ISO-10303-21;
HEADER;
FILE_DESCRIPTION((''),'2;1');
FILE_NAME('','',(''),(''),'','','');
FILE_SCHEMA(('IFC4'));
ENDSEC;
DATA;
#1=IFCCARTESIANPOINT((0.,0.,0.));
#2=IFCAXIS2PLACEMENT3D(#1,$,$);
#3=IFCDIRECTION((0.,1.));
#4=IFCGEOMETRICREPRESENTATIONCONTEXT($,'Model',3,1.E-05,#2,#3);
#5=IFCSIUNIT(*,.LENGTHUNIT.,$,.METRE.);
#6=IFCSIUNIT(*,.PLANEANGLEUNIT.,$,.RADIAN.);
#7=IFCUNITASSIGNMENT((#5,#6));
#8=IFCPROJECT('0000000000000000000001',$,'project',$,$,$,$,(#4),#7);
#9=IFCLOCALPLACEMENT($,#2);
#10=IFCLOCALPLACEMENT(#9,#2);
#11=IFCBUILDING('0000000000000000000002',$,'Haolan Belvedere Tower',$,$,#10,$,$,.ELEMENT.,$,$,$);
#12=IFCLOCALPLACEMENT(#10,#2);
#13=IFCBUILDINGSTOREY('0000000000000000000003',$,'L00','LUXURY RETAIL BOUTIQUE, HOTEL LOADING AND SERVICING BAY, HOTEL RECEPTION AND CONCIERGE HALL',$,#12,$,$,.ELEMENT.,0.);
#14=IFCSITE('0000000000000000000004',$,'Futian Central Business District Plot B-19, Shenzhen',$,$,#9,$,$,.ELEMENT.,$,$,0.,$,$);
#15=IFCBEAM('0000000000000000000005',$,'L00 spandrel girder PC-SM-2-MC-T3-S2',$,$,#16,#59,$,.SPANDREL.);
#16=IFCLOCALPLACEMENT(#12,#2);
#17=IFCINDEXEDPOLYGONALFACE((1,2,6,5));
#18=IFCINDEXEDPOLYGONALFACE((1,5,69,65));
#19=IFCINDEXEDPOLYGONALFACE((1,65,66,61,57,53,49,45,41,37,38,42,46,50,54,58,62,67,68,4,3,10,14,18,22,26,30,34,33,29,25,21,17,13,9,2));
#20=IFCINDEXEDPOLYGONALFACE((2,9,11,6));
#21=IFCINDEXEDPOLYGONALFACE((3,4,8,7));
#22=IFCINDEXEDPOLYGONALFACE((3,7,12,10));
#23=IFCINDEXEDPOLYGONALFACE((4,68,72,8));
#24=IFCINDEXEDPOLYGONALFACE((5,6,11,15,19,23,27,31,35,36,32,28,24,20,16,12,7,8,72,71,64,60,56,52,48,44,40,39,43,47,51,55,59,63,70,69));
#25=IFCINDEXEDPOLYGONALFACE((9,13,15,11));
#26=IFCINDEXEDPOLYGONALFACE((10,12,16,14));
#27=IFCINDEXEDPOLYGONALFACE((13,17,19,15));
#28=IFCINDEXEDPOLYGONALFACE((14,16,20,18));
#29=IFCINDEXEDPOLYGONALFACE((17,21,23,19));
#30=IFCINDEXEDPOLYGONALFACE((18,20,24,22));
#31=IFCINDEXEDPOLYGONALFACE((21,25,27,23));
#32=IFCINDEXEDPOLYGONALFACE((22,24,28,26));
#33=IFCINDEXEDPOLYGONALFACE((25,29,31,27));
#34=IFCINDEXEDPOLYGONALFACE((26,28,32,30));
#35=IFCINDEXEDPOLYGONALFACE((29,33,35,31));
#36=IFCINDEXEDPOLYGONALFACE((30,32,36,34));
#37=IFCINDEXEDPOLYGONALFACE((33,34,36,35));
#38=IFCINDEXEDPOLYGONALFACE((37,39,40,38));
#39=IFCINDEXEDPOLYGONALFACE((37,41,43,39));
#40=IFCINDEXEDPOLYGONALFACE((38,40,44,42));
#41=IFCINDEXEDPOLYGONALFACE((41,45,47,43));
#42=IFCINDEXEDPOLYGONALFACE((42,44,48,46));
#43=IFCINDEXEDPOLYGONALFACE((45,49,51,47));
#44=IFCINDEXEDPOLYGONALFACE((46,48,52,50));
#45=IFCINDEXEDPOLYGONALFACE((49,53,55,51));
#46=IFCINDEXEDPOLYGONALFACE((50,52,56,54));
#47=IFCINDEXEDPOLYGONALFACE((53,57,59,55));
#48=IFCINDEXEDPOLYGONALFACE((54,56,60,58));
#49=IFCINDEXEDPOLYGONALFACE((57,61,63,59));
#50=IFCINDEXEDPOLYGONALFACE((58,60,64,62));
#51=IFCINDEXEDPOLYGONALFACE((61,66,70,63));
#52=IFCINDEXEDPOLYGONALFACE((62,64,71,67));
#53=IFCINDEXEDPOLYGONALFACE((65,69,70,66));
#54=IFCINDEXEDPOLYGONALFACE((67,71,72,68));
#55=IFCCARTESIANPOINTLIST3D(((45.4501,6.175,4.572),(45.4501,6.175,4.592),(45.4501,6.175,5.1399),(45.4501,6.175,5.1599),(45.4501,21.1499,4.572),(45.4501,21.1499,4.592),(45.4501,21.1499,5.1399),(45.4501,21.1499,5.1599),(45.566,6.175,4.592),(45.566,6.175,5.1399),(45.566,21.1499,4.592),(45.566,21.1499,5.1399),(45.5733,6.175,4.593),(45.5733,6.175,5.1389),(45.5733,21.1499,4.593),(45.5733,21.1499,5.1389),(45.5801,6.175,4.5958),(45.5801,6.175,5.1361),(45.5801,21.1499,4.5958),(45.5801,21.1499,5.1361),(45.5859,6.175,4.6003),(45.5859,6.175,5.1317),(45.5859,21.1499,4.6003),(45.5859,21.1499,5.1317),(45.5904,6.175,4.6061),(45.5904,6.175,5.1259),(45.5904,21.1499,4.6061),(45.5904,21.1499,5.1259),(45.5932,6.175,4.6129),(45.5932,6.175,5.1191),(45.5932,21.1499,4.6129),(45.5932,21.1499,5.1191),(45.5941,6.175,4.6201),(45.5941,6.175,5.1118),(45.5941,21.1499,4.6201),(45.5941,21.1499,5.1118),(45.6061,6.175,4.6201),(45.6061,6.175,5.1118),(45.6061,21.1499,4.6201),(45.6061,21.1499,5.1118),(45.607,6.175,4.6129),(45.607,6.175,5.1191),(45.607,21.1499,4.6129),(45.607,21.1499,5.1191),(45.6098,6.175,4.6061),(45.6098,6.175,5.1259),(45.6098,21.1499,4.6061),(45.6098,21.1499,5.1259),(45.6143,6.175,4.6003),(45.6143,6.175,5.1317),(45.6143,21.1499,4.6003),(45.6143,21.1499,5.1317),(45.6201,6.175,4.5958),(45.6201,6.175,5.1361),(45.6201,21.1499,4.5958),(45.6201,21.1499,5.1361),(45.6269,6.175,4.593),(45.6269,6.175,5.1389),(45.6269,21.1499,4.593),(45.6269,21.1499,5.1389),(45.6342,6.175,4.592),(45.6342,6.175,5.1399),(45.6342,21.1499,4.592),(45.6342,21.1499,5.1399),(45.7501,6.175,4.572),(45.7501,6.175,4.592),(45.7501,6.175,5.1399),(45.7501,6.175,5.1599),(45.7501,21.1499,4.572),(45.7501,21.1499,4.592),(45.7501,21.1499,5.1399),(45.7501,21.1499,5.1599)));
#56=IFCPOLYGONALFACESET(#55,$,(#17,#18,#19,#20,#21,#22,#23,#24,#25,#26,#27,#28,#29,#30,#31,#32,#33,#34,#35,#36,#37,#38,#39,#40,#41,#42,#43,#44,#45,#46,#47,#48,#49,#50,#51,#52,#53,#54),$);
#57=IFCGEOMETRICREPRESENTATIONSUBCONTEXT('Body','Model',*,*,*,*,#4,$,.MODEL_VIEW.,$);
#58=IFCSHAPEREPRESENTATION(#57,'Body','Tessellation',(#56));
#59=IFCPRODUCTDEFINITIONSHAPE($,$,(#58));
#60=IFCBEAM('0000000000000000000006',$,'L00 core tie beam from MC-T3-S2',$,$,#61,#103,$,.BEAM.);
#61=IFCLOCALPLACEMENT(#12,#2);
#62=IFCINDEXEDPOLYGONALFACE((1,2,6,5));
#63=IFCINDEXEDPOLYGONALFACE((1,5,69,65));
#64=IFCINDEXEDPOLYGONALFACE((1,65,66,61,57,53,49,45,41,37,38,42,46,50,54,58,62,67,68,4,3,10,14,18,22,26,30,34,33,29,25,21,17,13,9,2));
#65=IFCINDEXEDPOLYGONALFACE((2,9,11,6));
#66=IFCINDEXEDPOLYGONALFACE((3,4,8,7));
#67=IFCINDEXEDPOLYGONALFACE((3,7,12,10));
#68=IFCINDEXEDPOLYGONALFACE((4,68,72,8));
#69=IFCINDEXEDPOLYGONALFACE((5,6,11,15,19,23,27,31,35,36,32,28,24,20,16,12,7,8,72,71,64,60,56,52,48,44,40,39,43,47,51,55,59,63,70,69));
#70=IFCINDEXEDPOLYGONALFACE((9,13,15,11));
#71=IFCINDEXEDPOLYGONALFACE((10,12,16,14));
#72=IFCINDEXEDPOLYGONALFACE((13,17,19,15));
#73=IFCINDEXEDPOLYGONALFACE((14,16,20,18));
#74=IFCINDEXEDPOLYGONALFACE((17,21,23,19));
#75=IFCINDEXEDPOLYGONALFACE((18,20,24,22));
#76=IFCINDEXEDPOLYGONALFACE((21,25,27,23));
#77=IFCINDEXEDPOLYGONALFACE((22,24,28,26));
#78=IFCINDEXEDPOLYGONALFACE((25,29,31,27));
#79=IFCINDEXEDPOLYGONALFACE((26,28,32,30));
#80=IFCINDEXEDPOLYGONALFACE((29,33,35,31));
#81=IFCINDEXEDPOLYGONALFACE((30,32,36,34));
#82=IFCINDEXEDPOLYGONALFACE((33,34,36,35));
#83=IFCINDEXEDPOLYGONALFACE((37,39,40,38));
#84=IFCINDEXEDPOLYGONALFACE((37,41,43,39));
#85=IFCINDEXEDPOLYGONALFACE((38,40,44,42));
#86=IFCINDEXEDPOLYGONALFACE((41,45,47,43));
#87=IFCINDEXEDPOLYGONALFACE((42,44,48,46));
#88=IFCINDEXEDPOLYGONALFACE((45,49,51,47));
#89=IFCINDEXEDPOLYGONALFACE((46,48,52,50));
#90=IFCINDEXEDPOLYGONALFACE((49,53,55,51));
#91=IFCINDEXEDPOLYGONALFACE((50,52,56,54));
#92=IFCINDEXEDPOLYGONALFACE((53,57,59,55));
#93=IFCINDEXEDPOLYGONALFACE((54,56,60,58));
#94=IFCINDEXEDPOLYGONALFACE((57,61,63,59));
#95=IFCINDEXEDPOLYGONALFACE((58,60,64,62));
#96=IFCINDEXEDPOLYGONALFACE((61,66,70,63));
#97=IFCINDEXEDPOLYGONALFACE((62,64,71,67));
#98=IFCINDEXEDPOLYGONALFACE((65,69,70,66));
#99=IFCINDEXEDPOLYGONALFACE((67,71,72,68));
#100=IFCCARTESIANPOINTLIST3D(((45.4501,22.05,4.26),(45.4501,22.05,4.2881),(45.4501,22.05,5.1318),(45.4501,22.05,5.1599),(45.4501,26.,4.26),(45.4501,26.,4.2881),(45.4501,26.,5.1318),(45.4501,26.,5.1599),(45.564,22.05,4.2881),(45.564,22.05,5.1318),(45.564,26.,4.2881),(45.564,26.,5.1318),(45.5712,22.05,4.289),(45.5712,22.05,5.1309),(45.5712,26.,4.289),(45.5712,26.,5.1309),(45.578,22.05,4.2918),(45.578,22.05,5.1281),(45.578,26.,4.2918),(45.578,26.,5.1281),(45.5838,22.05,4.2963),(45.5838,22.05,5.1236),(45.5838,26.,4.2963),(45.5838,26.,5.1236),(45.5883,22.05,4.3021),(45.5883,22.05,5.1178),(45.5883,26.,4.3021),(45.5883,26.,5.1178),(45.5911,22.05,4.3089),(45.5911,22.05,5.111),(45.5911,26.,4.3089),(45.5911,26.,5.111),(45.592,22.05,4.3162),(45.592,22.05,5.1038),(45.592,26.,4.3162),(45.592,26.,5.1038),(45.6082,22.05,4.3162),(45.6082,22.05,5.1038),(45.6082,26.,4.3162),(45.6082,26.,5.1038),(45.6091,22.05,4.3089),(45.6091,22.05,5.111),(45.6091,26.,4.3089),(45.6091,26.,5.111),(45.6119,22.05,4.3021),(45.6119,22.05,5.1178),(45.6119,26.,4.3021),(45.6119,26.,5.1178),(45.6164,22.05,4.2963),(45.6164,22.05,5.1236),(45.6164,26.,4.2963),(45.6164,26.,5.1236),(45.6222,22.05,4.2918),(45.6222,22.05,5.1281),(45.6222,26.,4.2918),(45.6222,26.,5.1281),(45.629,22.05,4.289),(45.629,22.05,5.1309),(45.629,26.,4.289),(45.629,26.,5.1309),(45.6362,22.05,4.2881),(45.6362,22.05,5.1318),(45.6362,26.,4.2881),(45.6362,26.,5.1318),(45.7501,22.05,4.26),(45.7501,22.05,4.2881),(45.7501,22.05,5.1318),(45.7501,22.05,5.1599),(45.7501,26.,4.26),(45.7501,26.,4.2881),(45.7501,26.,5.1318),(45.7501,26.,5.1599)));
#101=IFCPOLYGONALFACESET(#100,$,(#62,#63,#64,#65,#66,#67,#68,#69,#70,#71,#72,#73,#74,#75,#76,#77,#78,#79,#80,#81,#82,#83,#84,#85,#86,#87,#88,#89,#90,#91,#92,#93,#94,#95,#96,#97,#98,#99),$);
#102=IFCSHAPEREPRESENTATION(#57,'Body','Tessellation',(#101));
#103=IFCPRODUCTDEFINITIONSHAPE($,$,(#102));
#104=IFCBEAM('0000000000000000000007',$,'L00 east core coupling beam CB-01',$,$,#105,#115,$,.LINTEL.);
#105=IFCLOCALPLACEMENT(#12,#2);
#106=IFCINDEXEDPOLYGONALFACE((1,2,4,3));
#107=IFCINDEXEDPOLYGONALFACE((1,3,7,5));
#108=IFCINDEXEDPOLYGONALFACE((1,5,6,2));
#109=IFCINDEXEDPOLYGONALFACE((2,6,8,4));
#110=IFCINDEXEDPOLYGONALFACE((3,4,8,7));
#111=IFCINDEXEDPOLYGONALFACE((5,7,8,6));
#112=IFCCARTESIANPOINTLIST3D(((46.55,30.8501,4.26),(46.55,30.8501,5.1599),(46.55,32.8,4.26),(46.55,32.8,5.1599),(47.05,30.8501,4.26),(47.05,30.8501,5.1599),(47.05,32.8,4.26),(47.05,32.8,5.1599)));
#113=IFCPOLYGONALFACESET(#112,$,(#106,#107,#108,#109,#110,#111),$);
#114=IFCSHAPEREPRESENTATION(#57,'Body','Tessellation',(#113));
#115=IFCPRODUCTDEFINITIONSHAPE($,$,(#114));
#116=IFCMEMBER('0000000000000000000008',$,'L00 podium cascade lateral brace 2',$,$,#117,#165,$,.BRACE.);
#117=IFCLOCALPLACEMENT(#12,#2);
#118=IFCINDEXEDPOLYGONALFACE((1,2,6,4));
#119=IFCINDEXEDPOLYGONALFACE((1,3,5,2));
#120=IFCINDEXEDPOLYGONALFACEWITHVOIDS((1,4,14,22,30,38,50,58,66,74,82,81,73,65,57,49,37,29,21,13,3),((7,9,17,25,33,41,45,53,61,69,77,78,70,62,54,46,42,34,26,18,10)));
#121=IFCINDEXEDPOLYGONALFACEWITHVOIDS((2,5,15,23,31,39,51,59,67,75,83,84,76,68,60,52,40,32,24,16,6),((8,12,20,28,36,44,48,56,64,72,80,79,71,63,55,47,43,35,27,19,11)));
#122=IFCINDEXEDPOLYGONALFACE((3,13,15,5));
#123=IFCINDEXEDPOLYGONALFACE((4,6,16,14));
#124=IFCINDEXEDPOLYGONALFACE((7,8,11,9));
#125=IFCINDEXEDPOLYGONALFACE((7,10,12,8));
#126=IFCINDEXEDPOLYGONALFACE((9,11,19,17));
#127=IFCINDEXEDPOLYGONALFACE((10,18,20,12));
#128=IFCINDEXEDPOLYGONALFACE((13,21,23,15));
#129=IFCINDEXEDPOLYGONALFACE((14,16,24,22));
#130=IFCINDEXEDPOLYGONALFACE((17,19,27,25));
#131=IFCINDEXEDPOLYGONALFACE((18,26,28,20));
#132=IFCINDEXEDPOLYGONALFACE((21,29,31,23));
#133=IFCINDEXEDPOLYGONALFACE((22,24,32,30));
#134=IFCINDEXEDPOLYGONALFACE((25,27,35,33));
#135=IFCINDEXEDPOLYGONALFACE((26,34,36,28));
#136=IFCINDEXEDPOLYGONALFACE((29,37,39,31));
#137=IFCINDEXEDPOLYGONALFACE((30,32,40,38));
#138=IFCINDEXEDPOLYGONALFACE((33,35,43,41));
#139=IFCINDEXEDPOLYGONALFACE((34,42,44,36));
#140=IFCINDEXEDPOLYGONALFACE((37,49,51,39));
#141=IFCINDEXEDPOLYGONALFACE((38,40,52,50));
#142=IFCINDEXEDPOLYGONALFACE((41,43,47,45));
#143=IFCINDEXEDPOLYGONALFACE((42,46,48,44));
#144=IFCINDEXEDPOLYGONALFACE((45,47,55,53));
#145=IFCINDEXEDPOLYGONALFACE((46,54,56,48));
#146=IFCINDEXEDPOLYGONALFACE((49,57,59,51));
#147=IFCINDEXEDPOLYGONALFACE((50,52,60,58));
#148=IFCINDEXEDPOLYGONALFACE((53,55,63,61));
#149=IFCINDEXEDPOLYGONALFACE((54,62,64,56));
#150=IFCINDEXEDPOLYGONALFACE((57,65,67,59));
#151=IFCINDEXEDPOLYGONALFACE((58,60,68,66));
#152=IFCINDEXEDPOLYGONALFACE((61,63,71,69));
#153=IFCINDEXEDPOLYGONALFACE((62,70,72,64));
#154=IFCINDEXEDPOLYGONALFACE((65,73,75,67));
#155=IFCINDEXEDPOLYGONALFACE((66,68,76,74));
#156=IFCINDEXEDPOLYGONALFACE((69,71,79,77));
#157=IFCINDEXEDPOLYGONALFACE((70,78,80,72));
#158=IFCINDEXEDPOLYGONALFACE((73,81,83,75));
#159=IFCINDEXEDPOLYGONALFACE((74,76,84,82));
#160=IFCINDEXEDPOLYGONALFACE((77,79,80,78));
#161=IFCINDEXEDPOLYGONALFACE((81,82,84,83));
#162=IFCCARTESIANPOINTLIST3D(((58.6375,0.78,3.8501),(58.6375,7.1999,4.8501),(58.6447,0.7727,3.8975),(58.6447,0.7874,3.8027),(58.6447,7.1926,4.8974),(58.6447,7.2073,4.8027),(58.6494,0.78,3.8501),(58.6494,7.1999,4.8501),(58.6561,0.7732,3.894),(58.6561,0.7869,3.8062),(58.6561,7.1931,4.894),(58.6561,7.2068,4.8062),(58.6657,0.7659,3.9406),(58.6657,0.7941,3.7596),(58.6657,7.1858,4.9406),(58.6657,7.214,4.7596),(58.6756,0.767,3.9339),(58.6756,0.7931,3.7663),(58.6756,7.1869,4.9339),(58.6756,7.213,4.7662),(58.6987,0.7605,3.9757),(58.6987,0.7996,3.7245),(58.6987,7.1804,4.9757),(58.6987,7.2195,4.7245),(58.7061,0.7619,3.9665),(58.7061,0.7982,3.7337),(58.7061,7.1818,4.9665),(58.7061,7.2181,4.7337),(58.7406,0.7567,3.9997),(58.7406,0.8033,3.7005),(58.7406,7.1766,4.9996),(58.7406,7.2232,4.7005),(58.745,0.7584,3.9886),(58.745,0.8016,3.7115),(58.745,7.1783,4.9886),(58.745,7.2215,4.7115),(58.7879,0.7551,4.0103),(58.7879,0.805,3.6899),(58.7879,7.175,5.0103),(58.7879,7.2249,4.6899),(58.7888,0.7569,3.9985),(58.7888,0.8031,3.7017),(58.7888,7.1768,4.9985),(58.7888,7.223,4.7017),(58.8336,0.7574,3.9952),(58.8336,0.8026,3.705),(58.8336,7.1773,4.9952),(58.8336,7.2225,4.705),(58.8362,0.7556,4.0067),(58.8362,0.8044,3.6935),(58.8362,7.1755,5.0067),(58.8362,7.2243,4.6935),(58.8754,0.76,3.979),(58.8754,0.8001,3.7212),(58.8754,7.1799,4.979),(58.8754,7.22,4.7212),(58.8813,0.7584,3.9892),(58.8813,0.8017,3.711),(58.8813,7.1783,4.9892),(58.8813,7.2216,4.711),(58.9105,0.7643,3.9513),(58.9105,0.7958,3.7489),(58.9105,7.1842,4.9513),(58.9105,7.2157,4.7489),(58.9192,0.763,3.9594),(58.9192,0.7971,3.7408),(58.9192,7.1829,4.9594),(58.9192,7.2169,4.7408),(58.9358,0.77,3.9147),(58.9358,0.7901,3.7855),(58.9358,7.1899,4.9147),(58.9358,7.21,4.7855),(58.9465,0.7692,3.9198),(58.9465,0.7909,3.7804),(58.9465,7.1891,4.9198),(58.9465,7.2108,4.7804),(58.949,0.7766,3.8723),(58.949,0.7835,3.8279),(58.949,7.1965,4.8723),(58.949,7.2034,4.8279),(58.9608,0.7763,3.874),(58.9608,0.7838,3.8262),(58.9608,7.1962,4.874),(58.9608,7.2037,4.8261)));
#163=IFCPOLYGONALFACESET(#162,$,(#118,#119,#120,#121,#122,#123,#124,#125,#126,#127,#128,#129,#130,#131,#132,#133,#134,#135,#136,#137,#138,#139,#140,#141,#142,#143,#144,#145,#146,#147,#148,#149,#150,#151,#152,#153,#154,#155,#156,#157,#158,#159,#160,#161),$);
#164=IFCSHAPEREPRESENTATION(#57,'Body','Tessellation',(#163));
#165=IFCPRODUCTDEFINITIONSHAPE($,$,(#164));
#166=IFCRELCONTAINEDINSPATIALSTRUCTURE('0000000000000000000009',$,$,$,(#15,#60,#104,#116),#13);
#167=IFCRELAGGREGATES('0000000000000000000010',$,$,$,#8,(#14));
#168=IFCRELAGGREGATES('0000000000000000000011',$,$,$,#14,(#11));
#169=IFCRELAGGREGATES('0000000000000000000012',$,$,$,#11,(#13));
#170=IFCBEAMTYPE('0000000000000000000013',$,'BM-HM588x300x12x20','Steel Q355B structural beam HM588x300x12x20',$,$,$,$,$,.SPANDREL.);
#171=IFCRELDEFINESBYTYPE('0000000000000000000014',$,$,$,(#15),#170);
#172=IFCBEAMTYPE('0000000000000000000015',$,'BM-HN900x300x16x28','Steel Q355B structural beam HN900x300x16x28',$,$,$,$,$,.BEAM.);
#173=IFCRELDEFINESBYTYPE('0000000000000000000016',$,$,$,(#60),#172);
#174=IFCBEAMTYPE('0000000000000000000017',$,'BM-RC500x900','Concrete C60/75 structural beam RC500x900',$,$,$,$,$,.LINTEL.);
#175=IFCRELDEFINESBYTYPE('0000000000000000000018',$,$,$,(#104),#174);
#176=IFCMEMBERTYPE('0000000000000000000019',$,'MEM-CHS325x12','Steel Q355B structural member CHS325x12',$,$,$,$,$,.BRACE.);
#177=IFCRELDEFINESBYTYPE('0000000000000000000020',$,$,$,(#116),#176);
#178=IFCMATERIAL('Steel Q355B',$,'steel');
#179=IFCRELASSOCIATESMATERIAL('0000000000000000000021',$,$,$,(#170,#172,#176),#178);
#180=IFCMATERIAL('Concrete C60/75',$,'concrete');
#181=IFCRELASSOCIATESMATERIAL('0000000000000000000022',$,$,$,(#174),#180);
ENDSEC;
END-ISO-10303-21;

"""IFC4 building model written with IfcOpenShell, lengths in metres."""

from ifc_helpers import new_model, si_unit, direction, frame, origin, origin_2d, place, context, subcontext, project, spatial, rectangle, hollow_circle, i_section, extrude, material, material_profile, profile_set, type_object, element, save


model = new_model("IFC4")

# Units and contexts
model_context = context("Model", 3, precision=1e-05, world=origin(), true_north=direction((0.0, 1.0)))
body_context = subcontext(model_context, "Body", "Model", "MODEL_VIEW")
ifc_project = project(units=[si_unit("LENGTHUNIT", "METRE"), si_unit("PLANEANGLEUNIT", "RADIAN")], contexts=[model_context])

# Site, building, storey
site_placement = place(None, origin())
site = spatial("IfcSite", under=ifc_project, at=site_placement, Name="Futian Central Business District Plot B-19, Shenzhen", CompositionType="ELEMENT", RefElevation=0.0)
building_placement = place(site_placement, origin())
building = spatial("IfcBuilding", under=site, at=building_placement, Name="Haolan Belvedere Tower", CompositionType="ELEMENT")
storey_placement = place(building_placement, origin())
storey = spatial("IfcBuildingStorey", under=building, at=storey_placement, Name="L00", Description="LUXURY RETAIL BOUTIQUE, HOTEL LOADING AND SERVICING BAY, HOTEL RECEPTION AND CONCIERGE HALL", CompositionType="ELEMENT", Elevation=0.0)

# Shared definitions
ifc_material_1 = material(Name="Steel Q355B", Category="steel")

# Beams
ifc_material_profile_1 = material_profile(ifc_material_1, i_section(OverallWidth=0.3, OverallDepth=0.5879, WebThickness=0.012, FlangeThickness=0.02, FilletRadius=0.0281, at=origin_2d()), Name="Steel Q355B")
ifc_profile_set_1 = profile_set([ifc_material_profile_1], Name="Steel Q355B")
beam_type_1 = type_object("IfcBeamType", Name="BM-HM588x300x12x20", Description="Steel Q355B structural beam HM588x300x12x20", PredefinedType="SPANDREL", material=ifc_profile_set_1)
beam_1_placement = place(storey_placement, frame((45.6001, 6.175, 4.866), z_axis=(0.0, 1.0, 0.0), x_axis=(-1.0, 0.0, 0.0)))
element("IfcBeam", 1, at=beam_1_placement, inside=storey, type_object=beam_type_1, Name="L00 spandrel girder PC-SM-2-MC-T3-S2", PredefinedType="SPANDREL", context=body_context, shape_type="SweptSolid", body=[
    extrude(i_section(OverallWidth=0.3, OverallDepth=0.5879, WebThickness=0.012, FlangeThickness=0.02, FilletRadius=0.0281, at=origin_2d()), origin(), (0.0, 0.0, 1.0), 14.9749),
])
ifc_material_profile_2 = material_profile(ifc_material_1, i_section(OverallWidth=0.3, OverallDepth=0.8999, WebThickness=0.0161, FlangeThickness=0.0281, FilletRadius=0.0281, at=origin_2d()), Name="Steel Q355B")
ifc_profile_set_2 = profile_set([ifc_material_profile_2], Name="Steel Q355B")
beam_type_2 = type_object("IfcBeamType", Name="BM-HN900x300x16x28", Description="Steel Q355B structural beam HN900x300x16x28", PredefinedType="BEAM", material=ifc_profile_set_2)
beam_2_placement = place(storey_placement, frame((45.6001, 22.05, 4.71), z_axis=(0.0, 1.0, 0.0), x_axis=(-1.0, 0.0, 0.0)))
element("IfcBeam", 2, at=beam_2_placement, inside=storey, type_object=beam_type_2, Name="L00 core tie beam from MC-T3-S2", PredefinedType="BEAM", context=body_context, shape_type="SweptSolid", body=[
    extrude(i_section(OverallWidth=0.3, OverallDepth=0.8999, WebThickness=0.0161, FlangeThickness=0.0281, FilletRadius=0.0281, at=origin_2d()), origin(), (0.0, 0.0, 1.0), 3.95),
])
ifc_material_2 = material(Name="Concrete C60/75", Category="concrete")
ifc_material_profile_3 = material_profile(ifc_material_2, rectangle(XDim=0.5, YDim=0.8999, at=origin_2d()), Name="Concrete C60/75")
ifc_profile_set_3 = profile_set([ifc_material_profile_3], Name="Concrete C60/75")
beam_type_3 = type_object("IfcBeamType", Name="BM-RC500x900", Description="Concrete C60/75 structural beam RC500x900", PredefinedType="LINTEL", material=ifc_profile_set_3)
beam_3_placement = place(storey_placement, frame((46.8, 30.8501, 4.71), z_axis=(0.0, 1.0, 0.0), x_axis=(-1.0, 0.0, 0.0)))
element("IfcBeam", 3, at=beam_3_placement, inside=storey, type_object=beam_type_3, Name="L00 east core coupling beam CB-01", PredefinedType="LINTEL", context=body_context, shape_type="SweptSolid", body=[
    extrude(rectangle(XDim=0.5, YDim=0.8999, at=origin_2d()), origin(), (0.0, 0.0, 1.0), 1.95),
])

# Member
ifc_material_profile_4 = material_profile(ifc_material_1, hollow_circle(Radius=0.1626, WallThickness=0.012, at=origin_2d()), Name="Steel Q355B")
ifc_profile_set_4 = profile_set([ifc_material_profile_4], Name="Steel Q355B")
member_type = type_object("IfcMemberType", Name="MEM-CHS325x12", Description="Steel Q355B structural member CHS325x12", PredefinedType="BRACE", material=ifc_profile_set_4)
member_1_placement = place(storey_placement, frame((58.8, 0.78, 3.8501), z_axis=(0.0, 0.988085, 0.153909), x_axis=(-1.0, 0.0, 0.0)))
element("IfcMember", 4, at=member_1_placement, inside=storey, type_object=member_type, Name="L00 podium cascade lateral brace 2", PredefinedType="BRACE", context=body_context, shape_type="SweptSolid", body=[
    extrude(hollow_circle(Radius=0.1626, WallThickness=0.012, at=origin_2d()), origin(), (0.0, 0.0, 1.0), 6.4973),
])

save(model, "model.ifc")
